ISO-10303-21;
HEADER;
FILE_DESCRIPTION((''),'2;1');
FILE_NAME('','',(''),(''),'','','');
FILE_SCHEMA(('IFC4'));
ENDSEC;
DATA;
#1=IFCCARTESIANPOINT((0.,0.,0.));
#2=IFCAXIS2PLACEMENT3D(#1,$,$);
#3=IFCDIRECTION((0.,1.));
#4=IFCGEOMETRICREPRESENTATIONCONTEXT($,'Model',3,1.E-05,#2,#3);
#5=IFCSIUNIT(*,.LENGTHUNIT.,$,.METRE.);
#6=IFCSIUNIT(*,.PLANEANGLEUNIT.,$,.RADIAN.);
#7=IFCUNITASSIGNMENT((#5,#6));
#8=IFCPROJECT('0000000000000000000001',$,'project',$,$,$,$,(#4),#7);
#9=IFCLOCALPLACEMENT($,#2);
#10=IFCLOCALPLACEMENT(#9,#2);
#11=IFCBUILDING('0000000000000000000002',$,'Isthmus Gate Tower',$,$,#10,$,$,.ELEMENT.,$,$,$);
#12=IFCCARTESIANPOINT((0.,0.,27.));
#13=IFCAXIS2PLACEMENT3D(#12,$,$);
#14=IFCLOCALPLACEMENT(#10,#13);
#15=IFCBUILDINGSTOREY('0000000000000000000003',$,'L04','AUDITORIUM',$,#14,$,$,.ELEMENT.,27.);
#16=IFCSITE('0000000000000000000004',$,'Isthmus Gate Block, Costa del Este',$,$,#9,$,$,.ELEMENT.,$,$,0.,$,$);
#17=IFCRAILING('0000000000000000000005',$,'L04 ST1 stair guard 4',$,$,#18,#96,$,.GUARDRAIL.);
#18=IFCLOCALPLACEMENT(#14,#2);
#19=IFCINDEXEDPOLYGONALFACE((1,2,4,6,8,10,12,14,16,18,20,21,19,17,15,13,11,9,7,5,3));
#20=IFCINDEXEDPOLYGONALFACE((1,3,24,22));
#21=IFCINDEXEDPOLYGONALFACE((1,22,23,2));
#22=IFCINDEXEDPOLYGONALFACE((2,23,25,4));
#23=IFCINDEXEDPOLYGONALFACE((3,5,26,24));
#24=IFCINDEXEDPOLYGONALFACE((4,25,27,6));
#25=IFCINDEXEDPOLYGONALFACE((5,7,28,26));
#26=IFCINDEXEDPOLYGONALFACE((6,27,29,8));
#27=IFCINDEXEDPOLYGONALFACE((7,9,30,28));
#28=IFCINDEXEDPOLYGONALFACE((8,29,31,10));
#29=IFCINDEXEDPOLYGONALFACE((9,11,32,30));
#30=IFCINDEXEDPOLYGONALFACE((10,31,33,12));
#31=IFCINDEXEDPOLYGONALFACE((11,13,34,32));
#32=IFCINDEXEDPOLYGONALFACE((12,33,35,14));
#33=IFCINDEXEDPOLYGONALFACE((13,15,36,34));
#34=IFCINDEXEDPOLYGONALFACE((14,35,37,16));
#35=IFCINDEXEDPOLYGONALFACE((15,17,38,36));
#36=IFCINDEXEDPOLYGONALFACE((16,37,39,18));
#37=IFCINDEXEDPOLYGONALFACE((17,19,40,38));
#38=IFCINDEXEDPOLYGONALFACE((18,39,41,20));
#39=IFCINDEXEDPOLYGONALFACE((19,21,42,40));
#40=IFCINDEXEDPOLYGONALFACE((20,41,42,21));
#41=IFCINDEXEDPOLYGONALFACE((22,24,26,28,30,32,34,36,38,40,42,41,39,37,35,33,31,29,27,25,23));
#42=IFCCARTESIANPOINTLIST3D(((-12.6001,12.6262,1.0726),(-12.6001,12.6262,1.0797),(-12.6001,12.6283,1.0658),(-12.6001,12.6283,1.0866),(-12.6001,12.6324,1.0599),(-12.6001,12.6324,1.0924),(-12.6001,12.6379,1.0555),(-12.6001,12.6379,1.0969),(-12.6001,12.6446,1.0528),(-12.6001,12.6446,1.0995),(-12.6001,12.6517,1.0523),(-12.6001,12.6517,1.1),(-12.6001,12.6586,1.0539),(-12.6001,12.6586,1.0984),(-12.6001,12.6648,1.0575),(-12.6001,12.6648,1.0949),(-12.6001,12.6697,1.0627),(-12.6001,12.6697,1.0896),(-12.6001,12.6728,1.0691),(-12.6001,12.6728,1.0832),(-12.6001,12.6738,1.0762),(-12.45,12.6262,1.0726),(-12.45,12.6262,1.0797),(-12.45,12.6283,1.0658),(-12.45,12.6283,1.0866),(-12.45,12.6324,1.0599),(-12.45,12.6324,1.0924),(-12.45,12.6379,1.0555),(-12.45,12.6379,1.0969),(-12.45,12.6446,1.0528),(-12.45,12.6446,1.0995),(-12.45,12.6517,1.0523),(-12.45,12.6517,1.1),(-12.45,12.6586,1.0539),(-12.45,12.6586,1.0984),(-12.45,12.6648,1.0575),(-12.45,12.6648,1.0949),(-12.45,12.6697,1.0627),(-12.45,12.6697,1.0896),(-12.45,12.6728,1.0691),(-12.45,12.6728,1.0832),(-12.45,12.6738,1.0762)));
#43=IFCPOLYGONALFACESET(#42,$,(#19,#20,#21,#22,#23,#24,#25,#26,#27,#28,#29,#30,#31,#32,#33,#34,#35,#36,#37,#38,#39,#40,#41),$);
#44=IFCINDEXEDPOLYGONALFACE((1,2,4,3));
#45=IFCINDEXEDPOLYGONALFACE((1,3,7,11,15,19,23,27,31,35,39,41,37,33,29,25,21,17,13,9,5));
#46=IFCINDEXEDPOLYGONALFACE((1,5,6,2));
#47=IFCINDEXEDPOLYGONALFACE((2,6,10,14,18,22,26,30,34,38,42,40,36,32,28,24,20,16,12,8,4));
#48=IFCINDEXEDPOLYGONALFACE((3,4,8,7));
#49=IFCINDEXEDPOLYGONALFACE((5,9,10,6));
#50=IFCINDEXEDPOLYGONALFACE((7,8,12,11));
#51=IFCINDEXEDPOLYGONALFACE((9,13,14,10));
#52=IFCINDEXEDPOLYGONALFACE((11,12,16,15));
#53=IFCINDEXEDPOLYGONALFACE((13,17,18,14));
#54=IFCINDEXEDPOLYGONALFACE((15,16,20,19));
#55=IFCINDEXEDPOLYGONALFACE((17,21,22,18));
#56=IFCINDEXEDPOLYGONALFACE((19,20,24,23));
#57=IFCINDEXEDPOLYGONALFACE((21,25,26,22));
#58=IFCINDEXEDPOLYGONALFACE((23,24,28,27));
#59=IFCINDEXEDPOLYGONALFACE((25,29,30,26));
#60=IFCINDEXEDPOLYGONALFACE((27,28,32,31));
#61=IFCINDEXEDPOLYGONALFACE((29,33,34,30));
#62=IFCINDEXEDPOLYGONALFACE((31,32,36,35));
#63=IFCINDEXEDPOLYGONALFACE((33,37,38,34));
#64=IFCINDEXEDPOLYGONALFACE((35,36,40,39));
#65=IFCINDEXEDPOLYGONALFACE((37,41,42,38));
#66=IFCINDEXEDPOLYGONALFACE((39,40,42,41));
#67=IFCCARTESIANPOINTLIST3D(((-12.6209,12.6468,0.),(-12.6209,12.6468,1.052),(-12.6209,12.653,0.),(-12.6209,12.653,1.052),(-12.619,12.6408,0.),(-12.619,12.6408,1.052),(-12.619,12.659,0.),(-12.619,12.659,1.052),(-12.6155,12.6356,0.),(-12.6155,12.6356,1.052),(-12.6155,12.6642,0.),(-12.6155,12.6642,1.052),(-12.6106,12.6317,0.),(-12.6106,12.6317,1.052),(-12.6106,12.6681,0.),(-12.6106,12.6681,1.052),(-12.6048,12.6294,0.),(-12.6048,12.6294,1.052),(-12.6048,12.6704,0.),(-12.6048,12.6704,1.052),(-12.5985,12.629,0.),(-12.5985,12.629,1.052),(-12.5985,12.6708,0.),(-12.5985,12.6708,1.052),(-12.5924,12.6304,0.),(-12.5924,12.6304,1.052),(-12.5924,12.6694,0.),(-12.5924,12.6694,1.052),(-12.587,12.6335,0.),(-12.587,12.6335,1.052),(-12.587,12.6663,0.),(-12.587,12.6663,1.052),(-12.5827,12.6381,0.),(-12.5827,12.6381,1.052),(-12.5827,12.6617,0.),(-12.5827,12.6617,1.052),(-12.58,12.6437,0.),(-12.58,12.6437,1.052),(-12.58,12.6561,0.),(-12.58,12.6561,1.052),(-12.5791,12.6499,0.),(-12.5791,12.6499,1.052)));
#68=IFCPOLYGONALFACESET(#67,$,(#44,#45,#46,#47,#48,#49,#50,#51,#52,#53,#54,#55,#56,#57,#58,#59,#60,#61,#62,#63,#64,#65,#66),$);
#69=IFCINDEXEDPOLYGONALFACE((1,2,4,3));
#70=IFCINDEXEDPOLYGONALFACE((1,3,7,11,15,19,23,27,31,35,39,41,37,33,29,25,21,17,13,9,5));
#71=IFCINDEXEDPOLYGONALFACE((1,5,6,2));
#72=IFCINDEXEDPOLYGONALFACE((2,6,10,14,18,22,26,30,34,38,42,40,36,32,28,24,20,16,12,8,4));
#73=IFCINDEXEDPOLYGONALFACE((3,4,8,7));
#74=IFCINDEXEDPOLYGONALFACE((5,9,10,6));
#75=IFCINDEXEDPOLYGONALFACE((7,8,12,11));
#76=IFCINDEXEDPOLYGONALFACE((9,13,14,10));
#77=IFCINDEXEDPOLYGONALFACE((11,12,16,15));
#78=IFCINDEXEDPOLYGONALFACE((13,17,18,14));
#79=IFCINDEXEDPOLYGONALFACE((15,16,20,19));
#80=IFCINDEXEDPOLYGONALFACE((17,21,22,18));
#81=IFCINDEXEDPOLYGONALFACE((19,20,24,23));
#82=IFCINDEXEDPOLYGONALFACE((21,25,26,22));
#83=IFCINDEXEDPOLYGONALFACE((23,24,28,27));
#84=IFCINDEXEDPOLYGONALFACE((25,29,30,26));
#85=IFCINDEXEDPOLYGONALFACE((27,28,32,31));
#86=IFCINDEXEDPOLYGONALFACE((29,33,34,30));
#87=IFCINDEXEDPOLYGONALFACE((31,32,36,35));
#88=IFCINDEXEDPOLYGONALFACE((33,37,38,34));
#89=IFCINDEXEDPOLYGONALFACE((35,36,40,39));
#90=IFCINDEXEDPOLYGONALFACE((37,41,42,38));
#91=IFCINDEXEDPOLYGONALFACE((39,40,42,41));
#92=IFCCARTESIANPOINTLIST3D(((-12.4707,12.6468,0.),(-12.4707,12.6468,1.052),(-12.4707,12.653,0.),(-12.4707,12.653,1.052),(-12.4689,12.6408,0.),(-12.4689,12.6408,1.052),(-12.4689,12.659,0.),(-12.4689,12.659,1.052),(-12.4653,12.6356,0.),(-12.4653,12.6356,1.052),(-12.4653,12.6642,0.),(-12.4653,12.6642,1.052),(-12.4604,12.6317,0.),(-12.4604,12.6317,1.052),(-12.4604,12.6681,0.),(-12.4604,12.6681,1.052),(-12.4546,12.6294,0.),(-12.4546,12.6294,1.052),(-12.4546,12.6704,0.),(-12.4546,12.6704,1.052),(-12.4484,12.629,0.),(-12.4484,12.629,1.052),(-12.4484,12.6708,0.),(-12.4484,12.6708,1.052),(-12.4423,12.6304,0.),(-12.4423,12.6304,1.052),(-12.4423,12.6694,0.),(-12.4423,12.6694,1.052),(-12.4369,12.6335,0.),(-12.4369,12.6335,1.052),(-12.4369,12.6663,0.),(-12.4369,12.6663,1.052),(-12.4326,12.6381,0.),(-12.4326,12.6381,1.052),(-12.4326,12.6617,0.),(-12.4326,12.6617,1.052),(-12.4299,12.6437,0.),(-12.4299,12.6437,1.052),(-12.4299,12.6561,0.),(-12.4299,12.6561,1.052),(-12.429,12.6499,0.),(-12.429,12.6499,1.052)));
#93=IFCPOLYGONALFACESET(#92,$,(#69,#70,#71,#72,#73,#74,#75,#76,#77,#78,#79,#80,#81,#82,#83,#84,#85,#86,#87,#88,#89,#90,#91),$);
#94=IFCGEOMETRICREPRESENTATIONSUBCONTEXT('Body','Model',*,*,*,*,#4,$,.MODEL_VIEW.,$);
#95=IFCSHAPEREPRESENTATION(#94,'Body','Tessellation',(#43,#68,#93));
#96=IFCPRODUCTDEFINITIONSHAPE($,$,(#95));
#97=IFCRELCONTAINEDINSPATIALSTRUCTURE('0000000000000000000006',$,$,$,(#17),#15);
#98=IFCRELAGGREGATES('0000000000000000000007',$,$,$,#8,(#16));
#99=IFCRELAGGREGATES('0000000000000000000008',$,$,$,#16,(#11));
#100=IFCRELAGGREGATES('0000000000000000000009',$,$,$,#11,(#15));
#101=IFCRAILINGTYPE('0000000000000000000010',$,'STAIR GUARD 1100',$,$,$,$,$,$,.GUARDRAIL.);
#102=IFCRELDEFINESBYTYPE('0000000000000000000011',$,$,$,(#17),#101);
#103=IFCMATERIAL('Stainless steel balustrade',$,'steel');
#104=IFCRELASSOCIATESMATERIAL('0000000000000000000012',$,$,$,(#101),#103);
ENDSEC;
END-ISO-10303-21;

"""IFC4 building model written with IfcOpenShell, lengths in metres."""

from ifc_helpers import new_model, si_unit, direction, frame, origin, origin_2d, place, context, subcontext, project, spatial, circle, extrude, material, type_object, element, save


model = new_model("IFC4")

# Units and contexts
model_context = context("Model", 3, precision=1e-05, world=origin(), true_north=direction((0.0, 1.0)))
body_context = subcontext(model_context, "Body", "Model", "MODEL_VIEW")
ifc_project = project(units=[si_unit("LENGTHUNIT", "METRE"), si_unit("PLANEANGLEUNIT", "RADIAN")], contexts=[model_context])

# Site, building, storey
site_placement = place(None, origin())
site = spatial("IfcSite", under=ifc_project, at=site_placement, Name="Isthmus Gate Block, Costa del Este", CompositionType="ELEMENT", RefElevation=0.0)
building_placement = place(site_placement, origin())
building = spatial("IfcBuilding", under=site, at=building_placement, Name="Isthmus Gate Tower", CompositionType="ELEMENT")
storey_placement = place(building_placement, frame((0.0, 0.0, 27.0)))
storey = spatial("IfcBuildingStorey", under=building, at=storey_placement, Name="L04", Description="AUDITORIUM", CompositionType="ELEMENT", Elevation=27.0)

# Railing
ifc_material_1 = material(Name="Stainless steel balustrade", Category="steel")
railing_type_1 = type_object("IfcRailingType", Name="STAIR GUARD 1100", PredefinedType="GUARDRAIL", material=ifc_material_1)
railing_1_placement = place(storey_placement, frame((-12.6001, 12.6499, 0.0)))
element("IfcRailing", 1, at=railing_1_placement, inside=storey, type_object=railing_type_1, Name="L04 ST1 stair guard 4", PredefinedType="GUARDRAIL", context=body_context, shape_type="SweptSolid", body=[
    extrude(circle(Radius=0.0239, at=origin_2d()), frame((0.0, 0.0, 1.0762), z_axis=(1.0, 0.0, 0.0), x_axis=(0.0, 1.0, 0.0)), (0.0, 0.0, 1.0), 0.1501),
    extrude(circle(Radius=0.021, at=origin_2d()), origin(), (0.0, 0.0, 1.0), 1.052),
    extrude(circle(Radius=0.021, at=origin_2d()), frame((0.1501, 0.0, 0.0)), (0.0, 0.0, 1.0), 1.052),
])

save(model, "model.ifc")
